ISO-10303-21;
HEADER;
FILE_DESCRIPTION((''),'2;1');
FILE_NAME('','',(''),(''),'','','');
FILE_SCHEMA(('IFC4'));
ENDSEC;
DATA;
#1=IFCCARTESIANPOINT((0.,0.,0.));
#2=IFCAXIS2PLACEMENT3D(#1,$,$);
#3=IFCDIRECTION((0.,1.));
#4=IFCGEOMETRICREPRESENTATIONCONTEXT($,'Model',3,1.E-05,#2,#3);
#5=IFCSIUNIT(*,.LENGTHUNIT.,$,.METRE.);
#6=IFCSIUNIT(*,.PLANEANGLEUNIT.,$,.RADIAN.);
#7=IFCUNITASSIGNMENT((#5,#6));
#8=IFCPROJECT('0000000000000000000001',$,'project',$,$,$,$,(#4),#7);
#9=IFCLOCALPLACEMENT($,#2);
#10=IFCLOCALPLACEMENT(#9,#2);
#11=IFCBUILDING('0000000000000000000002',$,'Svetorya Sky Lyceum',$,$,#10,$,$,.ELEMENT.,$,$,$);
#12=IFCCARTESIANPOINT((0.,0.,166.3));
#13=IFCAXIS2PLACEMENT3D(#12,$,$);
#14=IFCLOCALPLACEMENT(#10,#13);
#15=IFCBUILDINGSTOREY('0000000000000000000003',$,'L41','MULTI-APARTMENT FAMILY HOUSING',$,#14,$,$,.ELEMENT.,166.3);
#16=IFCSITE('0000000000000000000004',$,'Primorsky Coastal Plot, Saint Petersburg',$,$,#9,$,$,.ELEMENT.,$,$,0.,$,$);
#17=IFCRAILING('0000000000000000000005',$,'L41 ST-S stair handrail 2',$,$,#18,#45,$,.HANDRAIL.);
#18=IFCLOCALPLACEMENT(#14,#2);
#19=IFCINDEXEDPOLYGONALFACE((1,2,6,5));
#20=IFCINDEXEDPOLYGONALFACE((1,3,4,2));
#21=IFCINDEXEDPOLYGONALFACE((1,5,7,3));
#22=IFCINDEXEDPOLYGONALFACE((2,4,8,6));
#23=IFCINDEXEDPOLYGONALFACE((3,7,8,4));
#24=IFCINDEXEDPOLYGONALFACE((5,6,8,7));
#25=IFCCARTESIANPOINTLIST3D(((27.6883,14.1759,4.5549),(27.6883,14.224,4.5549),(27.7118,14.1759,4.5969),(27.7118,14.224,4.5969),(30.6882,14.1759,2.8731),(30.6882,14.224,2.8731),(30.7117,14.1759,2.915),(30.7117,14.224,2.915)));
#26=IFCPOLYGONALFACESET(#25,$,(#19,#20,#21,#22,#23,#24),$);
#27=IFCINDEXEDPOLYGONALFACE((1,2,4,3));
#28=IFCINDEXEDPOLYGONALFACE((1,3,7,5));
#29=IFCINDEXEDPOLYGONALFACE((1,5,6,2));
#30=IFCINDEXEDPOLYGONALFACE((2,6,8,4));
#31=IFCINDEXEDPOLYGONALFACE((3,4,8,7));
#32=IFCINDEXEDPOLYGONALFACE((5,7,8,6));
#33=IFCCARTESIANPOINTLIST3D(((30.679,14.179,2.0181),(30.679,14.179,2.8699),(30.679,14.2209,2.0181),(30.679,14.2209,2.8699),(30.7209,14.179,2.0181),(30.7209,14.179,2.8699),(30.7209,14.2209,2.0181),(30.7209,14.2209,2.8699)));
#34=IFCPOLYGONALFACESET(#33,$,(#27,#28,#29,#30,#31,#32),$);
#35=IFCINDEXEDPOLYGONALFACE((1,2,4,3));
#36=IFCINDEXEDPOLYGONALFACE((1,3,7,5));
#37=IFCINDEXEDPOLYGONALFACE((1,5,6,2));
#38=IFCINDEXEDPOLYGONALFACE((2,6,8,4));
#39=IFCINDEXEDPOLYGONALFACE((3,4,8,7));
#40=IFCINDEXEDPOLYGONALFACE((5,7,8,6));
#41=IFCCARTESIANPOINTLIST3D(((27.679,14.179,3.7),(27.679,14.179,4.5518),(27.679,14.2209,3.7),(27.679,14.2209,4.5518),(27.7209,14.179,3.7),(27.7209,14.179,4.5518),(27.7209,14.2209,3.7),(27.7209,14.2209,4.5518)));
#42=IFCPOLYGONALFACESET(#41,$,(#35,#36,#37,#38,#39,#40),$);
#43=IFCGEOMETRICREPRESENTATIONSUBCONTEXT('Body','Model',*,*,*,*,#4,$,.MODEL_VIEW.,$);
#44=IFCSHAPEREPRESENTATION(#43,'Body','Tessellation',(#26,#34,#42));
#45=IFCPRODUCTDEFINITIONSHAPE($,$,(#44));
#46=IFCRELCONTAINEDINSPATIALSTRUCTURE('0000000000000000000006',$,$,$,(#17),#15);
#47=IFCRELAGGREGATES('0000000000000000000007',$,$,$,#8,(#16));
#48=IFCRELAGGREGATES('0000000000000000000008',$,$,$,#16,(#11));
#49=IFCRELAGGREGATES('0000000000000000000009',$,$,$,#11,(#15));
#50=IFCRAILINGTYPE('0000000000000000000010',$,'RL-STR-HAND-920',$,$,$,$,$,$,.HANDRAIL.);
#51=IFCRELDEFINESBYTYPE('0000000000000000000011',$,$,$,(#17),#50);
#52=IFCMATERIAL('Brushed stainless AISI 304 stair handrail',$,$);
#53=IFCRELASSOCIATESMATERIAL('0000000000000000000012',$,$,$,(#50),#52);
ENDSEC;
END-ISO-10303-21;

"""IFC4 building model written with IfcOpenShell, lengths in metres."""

from ifc_helpers import new_model, si_unit, direction, frame, origin, origin_2d, place, context, subcontext, project, spatial, rectangle, extrude, material, type_object, element, save


model = new_model("IFC4")

# Units and contexts
model_context = context("Model", 3, precision=1e-05, world=origin(), true_north=direction((0.0, 1.0)))
body_context = subcontext(model_context, "Body", "Model", "MODEL_VIEW")
ifc_project = project(units=[si_unit("LENGTHUNIT", "METRE"), si_unit("PLANEANGLEUNIT", "RADIAN")], contexts=[model_context])

# Site, building, storey
site_placement = place(None, origin())
site = spatial("IfcSite", under=ifc_project, at=site_placement, Name="Primorsky Coastal Plot, Saint Petersburg", CompositionType="ELEMENT", RefElevation=0.0)
building_placement = place(site_placement, origin())
building = spatial("IfcBuilding", under=site, at=building_placement, Name="Svetorya Sky Lyceum", CompositionType="ELEMENT")
storey_placement = place(building_placement, frame((0.0, 0.0, 166.3)))
storey = spatial("IfcBuildingStorey", under=building, at=storey_placement, Name="L41", Description="MULTI-APARTMENT FAMILY HOUSING", CompositionType="ELEMENT", Elevation=166.3)

# Railing
ifc_material_1 = material(Name="Brushed stainless AISI 304 stair handrail")
railing_type_1 = type_object("IfcRailingType", Name="RL-STR-HAND-920", PredefinedType="HANDRAIL", material=ifc_material_1)
railing_1_placement = place(storey_placement, frame((30.7, 14.2, 2.0181)))
element("IfcRailing", 1, at=railing_1_placement, inside=storey, type_object=railing_type_1, Name="L41 ST-S stair handrail 2", PredefinedType="HANDRAIL", context=body_context, shape_type="SweptSolid", body=[
    extrude(rectangle(XDim=0.0481, YDim=0.0481, at=origin_2d()), frame((0.0, 0.0, 0.876), z_axis=(-0.872272, 0.0, 0.48902), x_axis=(0.0, -1.0, 0.0)), (0.0, 0.0, 1.0), 3.4392),
    extrude(rectangle(XDim=0.042, YDim=0.042, at=origin_2d()), origin(), (0.0, 0.0, 1.0), 0.8518),
    extrude(rectangle(XDim=0.042, YDim=0.042, at=origin_2d()), frame((-3.0, 0.0, 1.6819)), (0.0, 0.0, 1.0), 0.8518),
])

save(model, "model.ifc")
